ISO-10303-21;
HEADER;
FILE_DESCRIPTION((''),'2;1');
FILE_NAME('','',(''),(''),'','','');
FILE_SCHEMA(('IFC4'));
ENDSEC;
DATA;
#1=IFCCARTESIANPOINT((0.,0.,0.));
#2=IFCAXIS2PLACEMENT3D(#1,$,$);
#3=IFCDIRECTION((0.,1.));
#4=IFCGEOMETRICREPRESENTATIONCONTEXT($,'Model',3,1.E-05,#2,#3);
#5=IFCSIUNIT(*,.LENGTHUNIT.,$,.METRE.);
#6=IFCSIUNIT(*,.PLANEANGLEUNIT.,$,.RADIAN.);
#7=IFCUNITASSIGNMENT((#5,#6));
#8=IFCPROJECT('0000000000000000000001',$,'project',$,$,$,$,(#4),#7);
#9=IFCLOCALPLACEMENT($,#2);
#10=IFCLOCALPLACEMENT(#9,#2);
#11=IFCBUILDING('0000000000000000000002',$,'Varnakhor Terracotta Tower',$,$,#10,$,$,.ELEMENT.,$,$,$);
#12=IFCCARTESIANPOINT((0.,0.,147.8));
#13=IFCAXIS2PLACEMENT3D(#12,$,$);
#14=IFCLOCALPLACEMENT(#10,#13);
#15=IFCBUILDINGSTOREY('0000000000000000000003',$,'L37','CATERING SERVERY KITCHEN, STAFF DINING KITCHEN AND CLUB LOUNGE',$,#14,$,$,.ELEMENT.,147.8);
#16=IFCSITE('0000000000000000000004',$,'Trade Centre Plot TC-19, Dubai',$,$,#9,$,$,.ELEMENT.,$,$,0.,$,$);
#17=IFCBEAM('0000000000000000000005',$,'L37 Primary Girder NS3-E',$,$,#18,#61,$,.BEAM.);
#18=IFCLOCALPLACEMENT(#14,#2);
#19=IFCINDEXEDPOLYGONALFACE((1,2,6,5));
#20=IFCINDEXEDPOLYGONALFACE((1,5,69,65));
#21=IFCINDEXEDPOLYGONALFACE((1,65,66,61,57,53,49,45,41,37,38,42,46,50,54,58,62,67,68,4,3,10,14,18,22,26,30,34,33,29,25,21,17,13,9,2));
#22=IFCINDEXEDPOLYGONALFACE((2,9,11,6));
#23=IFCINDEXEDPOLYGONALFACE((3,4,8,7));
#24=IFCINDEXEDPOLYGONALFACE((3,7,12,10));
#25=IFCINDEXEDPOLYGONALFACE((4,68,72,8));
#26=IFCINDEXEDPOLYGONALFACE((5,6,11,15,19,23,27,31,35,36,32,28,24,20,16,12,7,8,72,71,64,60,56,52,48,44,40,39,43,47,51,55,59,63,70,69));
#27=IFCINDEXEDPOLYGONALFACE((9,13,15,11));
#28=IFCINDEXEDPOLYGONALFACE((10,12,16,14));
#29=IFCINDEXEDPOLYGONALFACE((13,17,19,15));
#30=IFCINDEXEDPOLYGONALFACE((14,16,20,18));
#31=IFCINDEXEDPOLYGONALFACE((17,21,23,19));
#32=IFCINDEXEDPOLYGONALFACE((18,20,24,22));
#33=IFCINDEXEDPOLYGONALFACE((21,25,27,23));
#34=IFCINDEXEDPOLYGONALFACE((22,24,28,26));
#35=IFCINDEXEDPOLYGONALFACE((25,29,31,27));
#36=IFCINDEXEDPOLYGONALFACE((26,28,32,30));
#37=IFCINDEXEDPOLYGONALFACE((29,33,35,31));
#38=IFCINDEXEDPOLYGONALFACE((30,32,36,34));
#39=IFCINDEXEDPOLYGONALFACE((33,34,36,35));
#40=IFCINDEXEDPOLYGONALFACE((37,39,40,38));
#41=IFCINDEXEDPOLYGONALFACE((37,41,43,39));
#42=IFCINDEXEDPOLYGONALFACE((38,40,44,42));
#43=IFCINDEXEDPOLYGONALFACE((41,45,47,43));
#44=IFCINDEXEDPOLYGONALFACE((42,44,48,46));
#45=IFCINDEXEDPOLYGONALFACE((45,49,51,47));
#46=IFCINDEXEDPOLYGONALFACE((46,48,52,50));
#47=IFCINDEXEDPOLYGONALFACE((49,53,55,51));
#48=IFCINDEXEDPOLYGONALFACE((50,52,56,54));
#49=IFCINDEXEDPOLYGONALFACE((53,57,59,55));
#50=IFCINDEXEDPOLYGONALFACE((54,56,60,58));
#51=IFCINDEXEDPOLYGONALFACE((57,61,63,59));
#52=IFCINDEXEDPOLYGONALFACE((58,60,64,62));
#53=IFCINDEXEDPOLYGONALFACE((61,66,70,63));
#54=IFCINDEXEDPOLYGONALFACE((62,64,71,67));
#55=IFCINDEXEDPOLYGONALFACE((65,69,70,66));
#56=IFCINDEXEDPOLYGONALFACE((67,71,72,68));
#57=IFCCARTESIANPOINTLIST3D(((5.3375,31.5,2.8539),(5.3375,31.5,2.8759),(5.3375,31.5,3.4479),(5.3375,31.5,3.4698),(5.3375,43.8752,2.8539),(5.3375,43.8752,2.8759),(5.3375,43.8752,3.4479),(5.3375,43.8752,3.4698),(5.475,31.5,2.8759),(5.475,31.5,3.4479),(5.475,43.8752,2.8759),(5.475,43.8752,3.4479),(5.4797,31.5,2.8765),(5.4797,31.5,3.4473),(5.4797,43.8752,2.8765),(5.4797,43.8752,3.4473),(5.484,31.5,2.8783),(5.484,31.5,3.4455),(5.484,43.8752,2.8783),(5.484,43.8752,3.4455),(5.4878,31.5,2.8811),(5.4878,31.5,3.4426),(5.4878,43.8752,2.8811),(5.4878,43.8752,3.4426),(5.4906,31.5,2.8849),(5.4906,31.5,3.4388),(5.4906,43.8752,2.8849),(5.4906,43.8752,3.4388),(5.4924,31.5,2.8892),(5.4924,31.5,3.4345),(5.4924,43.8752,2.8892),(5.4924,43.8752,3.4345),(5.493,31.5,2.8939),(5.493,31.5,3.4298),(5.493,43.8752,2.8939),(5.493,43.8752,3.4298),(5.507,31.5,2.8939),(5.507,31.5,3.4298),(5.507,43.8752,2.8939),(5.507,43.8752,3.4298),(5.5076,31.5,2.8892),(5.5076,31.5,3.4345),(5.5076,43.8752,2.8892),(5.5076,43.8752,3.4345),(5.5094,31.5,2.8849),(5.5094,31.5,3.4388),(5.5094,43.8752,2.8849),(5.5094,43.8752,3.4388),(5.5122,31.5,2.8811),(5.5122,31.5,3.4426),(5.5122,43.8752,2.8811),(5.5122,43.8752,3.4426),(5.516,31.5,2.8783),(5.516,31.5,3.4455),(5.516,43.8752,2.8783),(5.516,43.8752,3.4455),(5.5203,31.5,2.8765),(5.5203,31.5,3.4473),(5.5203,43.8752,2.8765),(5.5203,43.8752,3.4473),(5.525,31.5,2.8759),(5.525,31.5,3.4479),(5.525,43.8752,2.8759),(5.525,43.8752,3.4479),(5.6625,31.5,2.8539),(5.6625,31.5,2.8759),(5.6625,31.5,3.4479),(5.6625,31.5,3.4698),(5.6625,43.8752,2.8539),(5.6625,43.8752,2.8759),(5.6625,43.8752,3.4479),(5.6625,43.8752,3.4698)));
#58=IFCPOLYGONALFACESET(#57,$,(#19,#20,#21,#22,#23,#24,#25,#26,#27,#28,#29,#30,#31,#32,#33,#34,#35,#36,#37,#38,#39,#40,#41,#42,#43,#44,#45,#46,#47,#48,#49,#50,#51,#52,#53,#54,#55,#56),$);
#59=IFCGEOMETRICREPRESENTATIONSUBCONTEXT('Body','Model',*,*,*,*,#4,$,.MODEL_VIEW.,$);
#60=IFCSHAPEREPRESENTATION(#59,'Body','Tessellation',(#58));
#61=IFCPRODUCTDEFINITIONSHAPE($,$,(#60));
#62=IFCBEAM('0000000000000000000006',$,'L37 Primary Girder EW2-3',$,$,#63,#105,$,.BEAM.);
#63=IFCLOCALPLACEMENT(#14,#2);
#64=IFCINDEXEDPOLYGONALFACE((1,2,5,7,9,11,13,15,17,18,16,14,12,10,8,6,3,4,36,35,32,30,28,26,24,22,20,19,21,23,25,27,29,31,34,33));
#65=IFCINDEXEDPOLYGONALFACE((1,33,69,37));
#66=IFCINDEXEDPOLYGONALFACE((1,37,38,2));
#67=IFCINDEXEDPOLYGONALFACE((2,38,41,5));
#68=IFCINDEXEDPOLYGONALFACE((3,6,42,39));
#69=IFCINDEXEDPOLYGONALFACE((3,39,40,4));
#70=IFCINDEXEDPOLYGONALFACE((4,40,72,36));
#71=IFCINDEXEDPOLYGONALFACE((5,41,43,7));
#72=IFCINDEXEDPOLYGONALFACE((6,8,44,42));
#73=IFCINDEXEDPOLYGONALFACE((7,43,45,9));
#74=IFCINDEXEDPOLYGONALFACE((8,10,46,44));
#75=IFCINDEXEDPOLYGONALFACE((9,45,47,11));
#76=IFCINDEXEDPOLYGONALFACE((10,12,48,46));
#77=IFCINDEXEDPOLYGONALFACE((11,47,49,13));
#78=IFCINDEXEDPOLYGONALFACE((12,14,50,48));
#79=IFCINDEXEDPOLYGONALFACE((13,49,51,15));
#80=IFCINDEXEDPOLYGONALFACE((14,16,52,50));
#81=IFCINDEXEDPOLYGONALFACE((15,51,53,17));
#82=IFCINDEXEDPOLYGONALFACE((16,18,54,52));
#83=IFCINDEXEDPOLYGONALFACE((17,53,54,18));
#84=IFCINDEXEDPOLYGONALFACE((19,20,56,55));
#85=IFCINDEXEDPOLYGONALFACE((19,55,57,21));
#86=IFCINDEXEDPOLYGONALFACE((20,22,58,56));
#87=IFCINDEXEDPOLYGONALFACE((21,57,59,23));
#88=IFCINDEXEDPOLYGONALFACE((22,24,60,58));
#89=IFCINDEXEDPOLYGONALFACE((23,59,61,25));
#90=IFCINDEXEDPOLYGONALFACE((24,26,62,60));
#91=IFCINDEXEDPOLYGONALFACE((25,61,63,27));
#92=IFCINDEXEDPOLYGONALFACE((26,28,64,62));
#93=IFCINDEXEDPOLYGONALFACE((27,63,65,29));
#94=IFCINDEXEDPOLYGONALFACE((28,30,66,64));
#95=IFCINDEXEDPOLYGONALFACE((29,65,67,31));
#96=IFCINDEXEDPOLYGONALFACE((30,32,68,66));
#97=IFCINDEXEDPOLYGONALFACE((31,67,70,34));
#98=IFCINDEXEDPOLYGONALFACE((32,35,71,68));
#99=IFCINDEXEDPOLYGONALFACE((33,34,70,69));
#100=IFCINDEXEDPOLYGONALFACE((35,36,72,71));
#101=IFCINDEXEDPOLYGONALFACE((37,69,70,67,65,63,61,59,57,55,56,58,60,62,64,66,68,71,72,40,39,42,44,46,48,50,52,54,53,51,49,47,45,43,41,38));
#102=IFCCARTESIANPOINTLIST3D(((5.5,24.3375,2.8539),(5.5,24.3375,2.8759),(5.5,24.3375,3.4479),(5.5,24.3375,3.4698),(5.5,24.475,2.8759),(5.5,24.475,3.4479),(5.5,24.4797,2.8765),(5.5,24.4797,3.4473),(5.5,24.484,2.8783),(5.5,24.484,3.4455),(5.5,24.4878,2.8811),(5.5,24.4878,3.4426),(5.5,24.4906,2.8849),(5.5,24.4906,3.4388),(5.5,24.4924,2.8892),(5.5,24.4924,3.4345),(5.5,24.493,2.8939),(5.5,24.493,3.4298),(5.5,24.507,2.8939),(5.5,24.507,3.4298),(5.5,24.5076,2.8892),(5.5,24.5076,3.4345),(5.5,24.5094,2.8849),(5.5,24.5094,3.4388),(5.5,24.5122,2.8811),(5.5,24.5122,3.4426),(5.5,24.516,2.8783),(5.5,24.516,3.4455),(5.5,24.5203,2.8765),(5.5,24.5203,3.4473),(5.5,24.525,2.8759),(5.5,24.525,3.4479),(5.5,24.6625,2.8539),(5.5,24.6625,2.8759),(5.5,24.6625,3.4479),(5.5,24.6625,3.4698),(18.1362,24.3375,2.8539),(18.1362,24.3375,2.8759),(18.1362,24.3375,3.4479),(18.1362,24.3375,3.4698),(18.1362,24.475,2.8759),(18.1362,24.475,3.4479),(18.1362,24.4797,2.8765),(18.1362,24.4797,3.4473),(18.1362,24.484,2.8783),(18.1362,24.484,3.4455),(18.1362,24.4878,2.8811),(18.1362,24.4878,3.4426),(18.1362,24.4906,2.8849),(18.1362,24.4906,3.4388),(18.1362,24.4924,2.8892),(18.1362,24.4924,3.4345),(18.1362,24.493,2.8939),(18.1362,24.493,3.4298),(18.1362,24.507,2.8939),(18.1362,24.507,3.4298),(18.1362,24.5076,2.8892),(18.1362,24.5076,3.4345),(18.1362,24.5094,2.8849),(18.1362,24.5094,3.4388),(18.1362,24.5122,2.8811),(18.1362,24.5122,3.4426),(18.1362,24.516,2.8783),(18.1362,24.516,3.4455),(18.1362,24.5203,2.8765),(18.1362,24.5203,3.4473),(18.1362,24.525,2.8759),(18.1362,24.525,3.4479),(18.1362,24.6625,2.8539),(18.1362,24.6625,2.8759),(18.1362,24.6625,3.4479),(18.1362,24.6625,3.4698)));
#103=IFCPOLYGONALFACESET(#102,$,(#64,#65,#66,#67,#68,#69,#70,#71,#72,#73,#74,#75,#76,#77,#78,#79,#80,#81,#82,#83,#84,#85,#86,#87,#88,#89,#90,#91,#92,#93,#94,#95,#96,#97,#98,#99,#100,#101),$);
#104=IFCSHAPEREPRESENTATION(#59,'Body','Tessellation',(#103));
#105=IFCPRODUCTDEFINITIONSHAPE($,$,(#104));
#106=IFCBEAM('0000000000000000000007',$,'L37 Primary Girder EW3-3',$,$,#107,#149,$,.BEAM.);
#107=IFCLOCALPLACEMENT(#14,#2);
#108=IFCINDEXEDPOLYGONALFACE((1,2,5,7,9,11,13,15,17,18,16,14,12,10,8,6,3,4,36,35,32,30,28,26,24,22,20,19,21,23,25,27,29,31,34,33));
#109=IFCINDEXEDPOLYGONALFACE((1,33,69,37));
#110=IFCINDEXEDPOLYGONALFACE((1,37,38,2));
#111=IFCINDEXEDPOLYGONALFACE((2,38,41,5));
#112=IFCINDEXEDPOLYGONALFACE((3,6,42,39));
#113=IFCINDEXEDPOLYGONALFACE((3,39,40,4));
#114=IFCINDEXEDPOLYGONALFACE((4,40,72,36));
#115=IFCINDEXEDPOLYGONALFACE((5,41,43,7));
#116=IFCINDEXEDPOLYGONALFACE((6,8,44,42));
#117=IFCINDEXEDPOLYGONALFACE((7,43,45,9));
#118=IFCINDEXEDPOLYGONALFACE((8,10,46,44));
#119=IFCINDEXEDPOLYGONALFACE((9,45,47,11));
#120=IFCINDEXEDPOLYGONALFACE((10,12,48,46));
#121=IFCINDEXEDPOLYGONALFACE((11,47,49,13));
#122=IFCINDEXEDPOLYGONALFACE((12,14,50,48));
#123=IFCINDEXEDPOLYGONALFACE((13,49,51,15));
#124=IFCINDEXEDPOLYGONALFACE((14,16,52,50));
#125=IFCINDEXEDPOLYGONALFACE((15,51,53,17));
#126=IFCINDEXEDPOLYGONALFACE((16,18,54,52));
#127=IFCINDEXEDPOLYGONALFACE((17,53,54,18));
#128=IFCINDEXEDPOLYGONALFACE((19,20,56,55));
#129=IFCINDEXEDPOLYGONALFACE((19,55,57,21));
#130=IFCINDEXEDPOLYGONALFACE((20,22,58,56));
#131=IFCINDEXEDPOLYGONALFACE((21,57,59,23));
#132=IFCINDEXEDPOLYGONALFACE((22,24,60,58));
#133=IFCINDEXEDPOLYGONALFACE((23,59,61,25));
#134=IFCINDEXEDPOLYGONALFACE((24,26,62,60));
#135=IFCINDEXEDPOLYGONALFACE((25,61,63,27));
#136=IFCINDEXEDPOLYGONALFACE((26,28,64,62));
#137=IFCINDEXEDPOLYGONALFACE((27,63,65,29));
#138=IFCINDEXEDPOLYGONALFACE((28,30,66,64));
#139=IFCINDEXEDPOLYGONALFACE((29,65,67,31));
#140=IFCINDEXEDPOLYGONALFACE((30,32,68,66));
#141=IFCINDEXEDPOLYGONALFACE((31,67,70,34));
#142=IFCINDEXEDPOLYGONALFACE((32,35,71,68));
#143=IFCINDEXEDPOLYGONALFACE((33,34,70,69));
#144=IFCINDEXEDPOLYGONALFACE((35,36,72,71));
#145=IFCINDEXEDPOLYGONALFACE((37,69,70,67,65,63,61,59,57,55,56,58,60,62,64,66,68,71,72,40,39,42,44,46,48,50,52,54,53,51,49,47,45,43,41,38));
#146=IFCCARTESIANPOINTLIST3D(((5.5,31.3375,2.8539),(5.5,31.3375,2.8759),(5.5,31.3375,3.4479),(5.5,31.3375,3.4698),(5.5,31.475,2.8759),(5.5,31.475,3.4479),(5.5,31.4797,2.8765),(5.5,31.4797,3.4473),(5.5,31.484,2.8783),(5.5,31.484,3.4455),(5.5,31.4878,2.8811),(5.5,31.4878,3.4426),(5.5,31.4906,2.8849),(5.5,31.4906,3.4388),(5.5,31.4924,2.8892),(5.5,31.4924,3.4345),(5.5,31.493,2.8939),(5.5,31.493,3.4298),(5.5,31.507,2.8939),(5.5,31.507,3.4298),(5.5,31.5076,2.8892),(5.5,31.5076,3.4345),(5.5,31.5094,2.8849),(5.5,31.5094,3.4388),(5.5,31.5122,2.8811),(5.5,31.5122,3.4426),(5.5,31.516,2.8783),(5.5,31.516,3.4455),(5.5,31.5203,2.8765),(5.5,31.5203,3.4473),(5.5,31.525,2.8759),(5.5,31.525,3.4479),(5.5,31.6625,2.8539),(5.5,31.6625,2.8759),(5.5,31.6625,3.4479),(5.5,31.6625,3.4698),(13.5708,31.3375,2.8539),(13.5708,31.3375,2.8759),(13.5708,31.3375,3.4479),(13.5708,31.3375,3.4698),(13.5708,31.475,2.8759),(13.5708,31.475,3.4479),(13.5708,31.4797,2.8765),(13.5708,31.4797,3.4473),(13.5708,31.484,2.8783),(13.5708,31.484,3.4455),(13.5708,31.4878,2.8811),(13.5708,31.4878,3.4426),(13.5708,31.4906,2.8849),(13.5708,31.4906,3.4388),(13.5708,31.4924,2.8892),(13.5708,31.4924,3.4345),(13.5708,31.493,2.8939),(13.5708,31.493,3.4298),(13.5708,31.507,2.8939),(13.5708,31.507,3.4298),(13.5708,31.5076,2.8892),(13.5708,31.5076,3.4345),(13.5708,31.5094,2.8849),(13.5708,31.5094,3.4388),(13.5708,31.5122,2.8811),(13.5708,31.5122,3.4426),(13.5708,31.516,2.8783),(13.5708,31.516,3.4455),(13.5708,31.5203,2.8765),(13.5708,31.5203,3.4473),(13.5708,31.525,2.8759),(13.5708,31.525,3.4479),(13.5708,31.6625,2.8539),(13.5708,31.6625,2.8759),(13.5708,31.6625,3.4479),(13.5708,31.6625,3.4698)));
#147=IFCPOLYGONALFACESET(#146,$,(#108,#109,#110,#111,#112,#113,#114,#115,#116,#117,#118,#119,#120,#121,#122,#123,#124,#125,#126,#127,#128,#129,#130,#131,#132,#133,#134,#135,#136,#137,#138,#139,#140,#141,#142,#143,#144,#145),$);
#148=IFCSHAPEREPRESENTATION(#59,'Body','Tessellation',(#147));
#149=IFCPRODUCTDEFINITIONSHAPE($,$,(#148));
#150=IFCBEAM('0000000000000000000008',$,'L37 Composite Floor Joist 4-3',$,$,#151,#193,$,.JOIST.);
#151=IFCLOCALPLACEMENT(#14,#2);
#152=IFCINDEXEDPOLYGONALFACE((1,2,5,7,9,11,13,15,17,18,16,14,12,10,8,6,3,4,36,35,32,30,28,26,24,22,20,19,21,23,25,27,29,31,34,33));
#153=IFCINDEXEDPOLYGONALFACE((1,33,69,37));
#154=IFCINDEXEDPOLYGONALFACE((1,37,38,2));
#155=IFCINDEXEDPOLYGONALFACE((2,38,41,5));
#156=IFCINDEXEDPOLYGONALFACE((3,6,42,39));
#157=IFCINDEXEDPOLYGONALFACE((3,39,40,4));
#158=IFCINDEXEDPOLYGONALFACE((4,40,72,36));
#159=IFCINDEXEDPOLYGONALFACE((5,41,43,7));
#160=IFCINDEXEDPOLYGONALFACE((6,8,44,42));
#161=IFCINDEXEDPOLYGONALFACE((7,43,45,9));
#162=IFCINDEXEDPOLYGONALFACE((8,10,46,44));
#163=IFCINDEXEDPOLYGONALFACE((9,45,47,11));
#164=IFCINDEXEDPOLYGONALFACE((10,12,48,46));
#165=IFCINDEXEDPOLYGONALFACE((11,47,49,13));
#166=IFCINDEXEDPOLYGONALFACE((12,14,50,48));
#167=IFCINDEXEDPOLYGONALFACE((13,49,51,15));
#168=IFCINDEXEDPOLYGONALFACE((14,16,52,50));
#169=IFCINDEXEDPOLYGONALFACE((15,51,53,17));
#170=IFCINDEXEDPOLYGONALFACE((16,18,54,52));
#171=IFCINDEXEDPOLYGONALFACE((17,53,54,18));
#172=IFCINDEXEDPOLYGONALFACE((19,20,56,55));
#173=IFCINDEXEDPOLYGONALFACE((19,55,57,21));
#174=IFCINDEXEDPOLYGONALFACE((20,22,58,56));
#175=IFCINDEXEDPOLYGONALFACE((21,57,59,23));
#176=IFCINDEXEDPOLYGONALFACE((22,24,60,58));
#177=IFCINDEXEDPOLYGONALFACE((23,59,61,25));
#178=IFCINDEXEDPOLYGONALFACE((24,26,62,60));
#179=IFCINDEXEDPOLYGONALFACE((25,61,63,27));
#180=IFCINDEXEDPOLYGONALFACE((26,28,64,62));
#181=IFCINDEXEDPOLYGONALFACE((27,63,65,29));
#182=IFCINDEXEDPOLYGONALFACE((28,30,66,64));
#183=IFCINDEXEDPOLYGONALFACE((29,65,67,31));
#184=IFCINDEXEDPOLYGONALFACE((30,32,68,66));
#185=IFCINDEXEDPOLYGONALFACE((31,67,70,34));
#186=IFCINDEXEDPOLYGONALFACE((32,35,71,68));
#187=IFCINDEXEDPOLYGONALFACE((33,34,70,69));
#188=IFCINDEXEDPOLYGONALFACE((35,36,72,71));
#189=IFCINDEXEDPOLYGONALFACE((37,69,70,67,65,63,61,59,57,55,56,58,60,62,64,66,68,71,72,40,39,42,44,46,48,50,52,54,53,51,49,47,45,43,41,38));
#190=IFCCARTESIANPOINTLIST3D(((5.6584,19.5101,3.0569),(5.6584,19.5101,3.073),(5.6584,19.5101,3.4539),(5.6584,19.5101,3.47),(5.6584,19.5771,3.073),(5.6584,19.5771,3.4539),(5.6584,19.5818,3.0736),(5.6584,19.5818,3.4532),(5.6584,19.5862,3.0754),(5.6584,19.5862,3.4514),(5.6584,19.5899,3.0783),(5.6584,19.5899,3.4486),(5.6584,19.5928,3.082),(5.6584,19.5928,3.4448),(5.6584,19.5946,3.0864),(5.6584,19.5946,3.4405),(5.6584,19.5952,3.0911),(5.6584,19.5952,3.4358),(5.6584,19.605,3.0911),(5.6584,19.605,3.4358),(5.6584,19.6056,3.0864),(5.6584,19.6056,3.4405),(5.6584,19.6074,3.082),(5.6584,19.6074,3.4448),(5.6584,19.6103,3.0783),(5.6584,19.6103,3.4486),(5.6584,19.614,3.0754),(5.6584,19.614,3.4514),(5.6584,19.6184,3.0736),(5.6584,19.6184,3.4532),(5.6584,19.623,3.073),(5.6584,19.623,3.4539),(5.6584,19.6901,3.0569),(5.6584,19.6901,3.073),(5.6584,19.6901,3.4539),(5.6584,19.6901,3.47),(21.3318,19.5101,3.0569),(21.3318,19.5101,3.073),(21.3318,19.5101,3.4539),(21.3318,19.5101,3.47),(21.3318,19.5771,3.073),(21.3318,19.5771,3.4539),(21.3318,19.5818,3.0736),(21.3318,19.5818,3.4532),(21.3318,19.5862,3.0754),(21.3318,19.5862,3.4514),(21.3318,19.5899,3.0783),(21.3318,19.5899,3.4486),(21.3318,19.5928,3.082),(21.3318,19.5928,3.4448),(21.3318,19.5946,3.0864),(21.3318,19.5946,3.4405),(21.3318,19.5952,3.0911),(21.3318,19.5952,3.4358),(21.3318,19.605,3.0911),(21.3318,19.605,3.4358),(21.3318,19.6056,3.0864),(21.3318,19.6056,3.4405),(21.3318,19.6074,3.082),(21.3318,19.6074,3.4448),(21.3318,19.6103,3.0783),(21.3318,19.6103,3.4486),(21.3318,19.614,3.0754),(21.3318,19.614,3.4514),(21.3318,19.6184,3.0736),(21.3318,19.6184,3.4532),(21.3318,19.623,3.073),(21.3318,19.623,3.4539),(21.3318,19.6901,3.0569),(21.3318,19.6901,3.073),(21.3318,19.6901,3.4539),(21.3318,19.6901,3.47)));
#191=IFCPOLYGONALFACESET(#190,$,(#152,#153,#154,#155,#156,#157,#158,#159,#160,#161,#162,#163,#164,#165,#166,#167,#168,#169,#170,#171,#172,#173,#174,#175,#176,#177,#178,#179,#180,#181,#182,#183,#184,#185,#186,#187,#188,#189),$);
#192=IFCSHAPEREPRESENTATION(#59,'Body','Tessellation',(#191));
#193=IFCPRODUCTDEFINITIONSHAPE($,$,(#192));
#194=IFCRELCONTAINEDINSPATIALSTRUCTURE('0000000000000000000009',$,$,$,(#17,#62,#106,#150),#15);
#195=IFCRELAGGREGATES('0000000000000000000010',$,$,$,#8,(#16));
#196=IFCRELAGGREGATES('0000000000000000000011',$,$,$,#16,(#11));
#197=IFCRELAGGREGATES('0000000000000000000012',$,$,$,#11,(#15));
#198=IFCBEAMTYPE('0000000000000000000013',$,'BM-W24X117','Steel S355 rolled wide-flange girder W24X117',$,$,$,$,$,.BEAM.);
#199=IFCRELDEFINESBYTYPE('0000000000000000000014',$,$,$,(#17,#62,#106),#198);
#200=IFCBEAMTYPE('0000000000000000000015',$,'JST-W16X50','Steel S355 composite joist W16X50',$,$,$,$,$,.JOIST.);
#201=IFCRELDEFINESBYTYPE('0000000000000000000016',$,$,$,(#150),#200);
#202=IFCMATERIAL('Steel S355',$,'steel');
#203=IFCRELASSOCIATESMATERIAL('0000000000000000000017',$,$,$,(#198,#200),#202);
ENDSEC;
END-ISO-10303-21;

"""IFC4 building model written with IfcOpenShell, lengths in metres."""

from ifc_helpers import new_model, si_unit, direction, frame, origin, origin_2d, place, context, subcontext, project, spatial, i_section, extrude, source, transform, mapped, material, material_profile, profile_set, type_object, element, save


model = new_model("IFC4")

# Units and contexts
model_context = context("Model", 3, precision=1e-05, world=origin(), true_north=direction((0.0, 1.0)))
body_context = subcontext(model_context, "Body", "Model", "MODEL_VIEW")
ifc_project = project(units=[si_unit("LENGTHUNIT", "METRE"), si_unit("PLANEANGLEUNIT", "RADIAN")], contexts=[model_context])

# Site, building, storey
site_placement = place(None, origin())
site = spatial("IfcSite", under=ifc_project, at=site_placement, Name="Trade Centre Plot TC-19, Dubai", CompositionType="ELEMENT", RefElevation=0.0)
building_placement = place(site_placement, origin())
building = spatial("IfcBuilding", under=site, at=building_placement, Name="Varnakhor Terracotta Tower", CompositionType="ELEMENT")
storey_placement = place(building_placement, frame((0.0, 0.0, 147.8)))
storey = spatial("IfcBuildingStorey", under=building, at=storey_placement, Name="L37", Description="CATERING SERVERY KITCHEN, STAFF DINING KITCHEN AND CLUB LOUNGE", CompositionType="ELEMENT", Elevation=147.8)

# Beams
ifc_material_1 = material(Name="Steel S355", Category="steel")
ifc_material_profile_1 = material_profile(ifc_material_1, i_section(OverallWidth=0.325, OverallDepth=0.616, WebThickness=0.0139, FlangeThickness=0.022, FilletRadius=0.0181, at=origin_2d()), Name="W24X117")
ifc_profile_set_1 = profile_set([ifc_material_profile_1], Name="Steel S355")
beam_type_1 = type_object("IfcBeamType", Name="BM-W24X117", Description="Steel S355 rolled wide-flange girder W24X117", PredefinedType="BEAM", material=ifc_profile_set_1)
shared_shape_1 = source(origin(), body_context, "Body", "SweptSolid", [
    extrude(i_section(OverallWidth=0.325, OverallDepth=0.616, WebThickness=0.0139, FlangeThickness=0.022, FilletRadius=0.0181, at=origin_2d()), origin(), (0.0, 0.0, 1.0), 12.3752),
])
beam_1_placement = place(storey_placement, frame((5.5, 31.5, 3.1619), z_axis=(0.0, 1.0, 0.0), x_axis=(-1.0, 0.0, 0.0)))
element("IfcBeam", 1, at=beam_1_placement, inside=storey, type_object=beam_type_1, Name="L37 Primary Girder NS3-E", PredefinedType="BEAM", context=body_context, shape_type="MappedRepresentation", body=[
    mapped(shared_shape_1, transform((0.0, 0.0, 0.0), scale=1.0)),
])
shared_shape_2 = source(origin(), body_context, "Body", "SweptSolid", [
    extrude(i_section(OverallWidth=0.325, OverallDepth=0.616, WebThickness=0.0139, FlangeThickness=0.022, FilletRadius=0.0181, at=origin_2d()), origin(), (0.0, 0.0, 1.0), 12.6362),
])
beam_2_placement = place(storey_placement, frame((5.5, 24.5, 3.1619), z_axis=(1.0, 0.0, 0.0), x_axis=(0.0, 1.0, 0.0)))
element("IfcBeam", 2, at=beam_2_placement, inside=storey, type_object=beam_type_1, Name="L37 Primary Girder EW2-3", PredefinedType="BEAM", context=body_context, shape_type="MappedRepresentation", body=[
    mapped(shared_shape_2, transform((0.0, 0.0, 0.0), scale=1.0)),
])
shared_shape_3 = source(origin(), body_context, "Body", "SweptSolid", [
    extrude(i_section(OverallWidth=0.325, OverallDepth=0.616, WebThickness=0.0139, FlangeThickness=0.022, FilletRadius=0.0181, at=origin_2d()), origin(), (0.0, 0.0, 1.0), 8.0708),
])
beam_3_placement = place(storey_placement, frame((5.5, 31.5, 3.1619), z_axis=(1.0, 0.0, 0.0), x_axis=(0.0, 1.0, 0.0)))
element("IfcBeam", 3, at=beam_3_placement, inside=storey, type_object=beam_type_1, Name="L37 Primary Girder EW3-3", PredefinedType="BEAM", context=body_context, shape_type="MappedRepresentation", body=[
    mapped(shared_shape_3, transform((0.0, 0.0, 0.0), scale=1.0)),
])
ifc_material_profile_2 = material_profile(ifc_material_1, i_section(OverallWidth=0.1799, OverallDepth=0.4131, WebThickness=0.0098, FlangeThickness=0.0161, FilletRadius=0.0181, at=origin_2d()), Name="W16X50")
ifc_profile_set_2 = profile_set([ifc_material_profile_2], Name="Steel S355")
beam_type_2 = type_object("IfcBeamType", Name="JST-W16X50", Description="Steel S355 composite joist W16X50", PredefinedType="JOIST", material=ifc_profile_set_2)
shared_shape_4 = source(origin(), body_context, "Body", "SweptSolid", [
    extrude(i_section(OverallWidth=0.1799, OverallDepth=0.4131, WebThickness=0.0098, FlangeThickness=0.0161, FilletRadius=0.0181, at=origin_2d()), origin(), (0.0, 0.0, 1.0), 15.6733),
])
beam_4_placement = place(storey_placement, frame((5.6584, 19.6001, 3.2634), z_axis=(1.0, 0.0, 0.0), x_axis=(0.0, 1.0, 0.0)))
element("IfcBeam", 4, at=beam_4_placement, inside=storey, type_object=beam_type_2, Name="L37 Composite Floor Joist 4-3", PredefinedType="JOIST", context=body_context, shape_type="MappedRepresentation", body=[
    mapped(shared_shape_4, transform((0.0, 0.0, 0.0), scale=1.0)),
])

save(model, "model.ifc")
